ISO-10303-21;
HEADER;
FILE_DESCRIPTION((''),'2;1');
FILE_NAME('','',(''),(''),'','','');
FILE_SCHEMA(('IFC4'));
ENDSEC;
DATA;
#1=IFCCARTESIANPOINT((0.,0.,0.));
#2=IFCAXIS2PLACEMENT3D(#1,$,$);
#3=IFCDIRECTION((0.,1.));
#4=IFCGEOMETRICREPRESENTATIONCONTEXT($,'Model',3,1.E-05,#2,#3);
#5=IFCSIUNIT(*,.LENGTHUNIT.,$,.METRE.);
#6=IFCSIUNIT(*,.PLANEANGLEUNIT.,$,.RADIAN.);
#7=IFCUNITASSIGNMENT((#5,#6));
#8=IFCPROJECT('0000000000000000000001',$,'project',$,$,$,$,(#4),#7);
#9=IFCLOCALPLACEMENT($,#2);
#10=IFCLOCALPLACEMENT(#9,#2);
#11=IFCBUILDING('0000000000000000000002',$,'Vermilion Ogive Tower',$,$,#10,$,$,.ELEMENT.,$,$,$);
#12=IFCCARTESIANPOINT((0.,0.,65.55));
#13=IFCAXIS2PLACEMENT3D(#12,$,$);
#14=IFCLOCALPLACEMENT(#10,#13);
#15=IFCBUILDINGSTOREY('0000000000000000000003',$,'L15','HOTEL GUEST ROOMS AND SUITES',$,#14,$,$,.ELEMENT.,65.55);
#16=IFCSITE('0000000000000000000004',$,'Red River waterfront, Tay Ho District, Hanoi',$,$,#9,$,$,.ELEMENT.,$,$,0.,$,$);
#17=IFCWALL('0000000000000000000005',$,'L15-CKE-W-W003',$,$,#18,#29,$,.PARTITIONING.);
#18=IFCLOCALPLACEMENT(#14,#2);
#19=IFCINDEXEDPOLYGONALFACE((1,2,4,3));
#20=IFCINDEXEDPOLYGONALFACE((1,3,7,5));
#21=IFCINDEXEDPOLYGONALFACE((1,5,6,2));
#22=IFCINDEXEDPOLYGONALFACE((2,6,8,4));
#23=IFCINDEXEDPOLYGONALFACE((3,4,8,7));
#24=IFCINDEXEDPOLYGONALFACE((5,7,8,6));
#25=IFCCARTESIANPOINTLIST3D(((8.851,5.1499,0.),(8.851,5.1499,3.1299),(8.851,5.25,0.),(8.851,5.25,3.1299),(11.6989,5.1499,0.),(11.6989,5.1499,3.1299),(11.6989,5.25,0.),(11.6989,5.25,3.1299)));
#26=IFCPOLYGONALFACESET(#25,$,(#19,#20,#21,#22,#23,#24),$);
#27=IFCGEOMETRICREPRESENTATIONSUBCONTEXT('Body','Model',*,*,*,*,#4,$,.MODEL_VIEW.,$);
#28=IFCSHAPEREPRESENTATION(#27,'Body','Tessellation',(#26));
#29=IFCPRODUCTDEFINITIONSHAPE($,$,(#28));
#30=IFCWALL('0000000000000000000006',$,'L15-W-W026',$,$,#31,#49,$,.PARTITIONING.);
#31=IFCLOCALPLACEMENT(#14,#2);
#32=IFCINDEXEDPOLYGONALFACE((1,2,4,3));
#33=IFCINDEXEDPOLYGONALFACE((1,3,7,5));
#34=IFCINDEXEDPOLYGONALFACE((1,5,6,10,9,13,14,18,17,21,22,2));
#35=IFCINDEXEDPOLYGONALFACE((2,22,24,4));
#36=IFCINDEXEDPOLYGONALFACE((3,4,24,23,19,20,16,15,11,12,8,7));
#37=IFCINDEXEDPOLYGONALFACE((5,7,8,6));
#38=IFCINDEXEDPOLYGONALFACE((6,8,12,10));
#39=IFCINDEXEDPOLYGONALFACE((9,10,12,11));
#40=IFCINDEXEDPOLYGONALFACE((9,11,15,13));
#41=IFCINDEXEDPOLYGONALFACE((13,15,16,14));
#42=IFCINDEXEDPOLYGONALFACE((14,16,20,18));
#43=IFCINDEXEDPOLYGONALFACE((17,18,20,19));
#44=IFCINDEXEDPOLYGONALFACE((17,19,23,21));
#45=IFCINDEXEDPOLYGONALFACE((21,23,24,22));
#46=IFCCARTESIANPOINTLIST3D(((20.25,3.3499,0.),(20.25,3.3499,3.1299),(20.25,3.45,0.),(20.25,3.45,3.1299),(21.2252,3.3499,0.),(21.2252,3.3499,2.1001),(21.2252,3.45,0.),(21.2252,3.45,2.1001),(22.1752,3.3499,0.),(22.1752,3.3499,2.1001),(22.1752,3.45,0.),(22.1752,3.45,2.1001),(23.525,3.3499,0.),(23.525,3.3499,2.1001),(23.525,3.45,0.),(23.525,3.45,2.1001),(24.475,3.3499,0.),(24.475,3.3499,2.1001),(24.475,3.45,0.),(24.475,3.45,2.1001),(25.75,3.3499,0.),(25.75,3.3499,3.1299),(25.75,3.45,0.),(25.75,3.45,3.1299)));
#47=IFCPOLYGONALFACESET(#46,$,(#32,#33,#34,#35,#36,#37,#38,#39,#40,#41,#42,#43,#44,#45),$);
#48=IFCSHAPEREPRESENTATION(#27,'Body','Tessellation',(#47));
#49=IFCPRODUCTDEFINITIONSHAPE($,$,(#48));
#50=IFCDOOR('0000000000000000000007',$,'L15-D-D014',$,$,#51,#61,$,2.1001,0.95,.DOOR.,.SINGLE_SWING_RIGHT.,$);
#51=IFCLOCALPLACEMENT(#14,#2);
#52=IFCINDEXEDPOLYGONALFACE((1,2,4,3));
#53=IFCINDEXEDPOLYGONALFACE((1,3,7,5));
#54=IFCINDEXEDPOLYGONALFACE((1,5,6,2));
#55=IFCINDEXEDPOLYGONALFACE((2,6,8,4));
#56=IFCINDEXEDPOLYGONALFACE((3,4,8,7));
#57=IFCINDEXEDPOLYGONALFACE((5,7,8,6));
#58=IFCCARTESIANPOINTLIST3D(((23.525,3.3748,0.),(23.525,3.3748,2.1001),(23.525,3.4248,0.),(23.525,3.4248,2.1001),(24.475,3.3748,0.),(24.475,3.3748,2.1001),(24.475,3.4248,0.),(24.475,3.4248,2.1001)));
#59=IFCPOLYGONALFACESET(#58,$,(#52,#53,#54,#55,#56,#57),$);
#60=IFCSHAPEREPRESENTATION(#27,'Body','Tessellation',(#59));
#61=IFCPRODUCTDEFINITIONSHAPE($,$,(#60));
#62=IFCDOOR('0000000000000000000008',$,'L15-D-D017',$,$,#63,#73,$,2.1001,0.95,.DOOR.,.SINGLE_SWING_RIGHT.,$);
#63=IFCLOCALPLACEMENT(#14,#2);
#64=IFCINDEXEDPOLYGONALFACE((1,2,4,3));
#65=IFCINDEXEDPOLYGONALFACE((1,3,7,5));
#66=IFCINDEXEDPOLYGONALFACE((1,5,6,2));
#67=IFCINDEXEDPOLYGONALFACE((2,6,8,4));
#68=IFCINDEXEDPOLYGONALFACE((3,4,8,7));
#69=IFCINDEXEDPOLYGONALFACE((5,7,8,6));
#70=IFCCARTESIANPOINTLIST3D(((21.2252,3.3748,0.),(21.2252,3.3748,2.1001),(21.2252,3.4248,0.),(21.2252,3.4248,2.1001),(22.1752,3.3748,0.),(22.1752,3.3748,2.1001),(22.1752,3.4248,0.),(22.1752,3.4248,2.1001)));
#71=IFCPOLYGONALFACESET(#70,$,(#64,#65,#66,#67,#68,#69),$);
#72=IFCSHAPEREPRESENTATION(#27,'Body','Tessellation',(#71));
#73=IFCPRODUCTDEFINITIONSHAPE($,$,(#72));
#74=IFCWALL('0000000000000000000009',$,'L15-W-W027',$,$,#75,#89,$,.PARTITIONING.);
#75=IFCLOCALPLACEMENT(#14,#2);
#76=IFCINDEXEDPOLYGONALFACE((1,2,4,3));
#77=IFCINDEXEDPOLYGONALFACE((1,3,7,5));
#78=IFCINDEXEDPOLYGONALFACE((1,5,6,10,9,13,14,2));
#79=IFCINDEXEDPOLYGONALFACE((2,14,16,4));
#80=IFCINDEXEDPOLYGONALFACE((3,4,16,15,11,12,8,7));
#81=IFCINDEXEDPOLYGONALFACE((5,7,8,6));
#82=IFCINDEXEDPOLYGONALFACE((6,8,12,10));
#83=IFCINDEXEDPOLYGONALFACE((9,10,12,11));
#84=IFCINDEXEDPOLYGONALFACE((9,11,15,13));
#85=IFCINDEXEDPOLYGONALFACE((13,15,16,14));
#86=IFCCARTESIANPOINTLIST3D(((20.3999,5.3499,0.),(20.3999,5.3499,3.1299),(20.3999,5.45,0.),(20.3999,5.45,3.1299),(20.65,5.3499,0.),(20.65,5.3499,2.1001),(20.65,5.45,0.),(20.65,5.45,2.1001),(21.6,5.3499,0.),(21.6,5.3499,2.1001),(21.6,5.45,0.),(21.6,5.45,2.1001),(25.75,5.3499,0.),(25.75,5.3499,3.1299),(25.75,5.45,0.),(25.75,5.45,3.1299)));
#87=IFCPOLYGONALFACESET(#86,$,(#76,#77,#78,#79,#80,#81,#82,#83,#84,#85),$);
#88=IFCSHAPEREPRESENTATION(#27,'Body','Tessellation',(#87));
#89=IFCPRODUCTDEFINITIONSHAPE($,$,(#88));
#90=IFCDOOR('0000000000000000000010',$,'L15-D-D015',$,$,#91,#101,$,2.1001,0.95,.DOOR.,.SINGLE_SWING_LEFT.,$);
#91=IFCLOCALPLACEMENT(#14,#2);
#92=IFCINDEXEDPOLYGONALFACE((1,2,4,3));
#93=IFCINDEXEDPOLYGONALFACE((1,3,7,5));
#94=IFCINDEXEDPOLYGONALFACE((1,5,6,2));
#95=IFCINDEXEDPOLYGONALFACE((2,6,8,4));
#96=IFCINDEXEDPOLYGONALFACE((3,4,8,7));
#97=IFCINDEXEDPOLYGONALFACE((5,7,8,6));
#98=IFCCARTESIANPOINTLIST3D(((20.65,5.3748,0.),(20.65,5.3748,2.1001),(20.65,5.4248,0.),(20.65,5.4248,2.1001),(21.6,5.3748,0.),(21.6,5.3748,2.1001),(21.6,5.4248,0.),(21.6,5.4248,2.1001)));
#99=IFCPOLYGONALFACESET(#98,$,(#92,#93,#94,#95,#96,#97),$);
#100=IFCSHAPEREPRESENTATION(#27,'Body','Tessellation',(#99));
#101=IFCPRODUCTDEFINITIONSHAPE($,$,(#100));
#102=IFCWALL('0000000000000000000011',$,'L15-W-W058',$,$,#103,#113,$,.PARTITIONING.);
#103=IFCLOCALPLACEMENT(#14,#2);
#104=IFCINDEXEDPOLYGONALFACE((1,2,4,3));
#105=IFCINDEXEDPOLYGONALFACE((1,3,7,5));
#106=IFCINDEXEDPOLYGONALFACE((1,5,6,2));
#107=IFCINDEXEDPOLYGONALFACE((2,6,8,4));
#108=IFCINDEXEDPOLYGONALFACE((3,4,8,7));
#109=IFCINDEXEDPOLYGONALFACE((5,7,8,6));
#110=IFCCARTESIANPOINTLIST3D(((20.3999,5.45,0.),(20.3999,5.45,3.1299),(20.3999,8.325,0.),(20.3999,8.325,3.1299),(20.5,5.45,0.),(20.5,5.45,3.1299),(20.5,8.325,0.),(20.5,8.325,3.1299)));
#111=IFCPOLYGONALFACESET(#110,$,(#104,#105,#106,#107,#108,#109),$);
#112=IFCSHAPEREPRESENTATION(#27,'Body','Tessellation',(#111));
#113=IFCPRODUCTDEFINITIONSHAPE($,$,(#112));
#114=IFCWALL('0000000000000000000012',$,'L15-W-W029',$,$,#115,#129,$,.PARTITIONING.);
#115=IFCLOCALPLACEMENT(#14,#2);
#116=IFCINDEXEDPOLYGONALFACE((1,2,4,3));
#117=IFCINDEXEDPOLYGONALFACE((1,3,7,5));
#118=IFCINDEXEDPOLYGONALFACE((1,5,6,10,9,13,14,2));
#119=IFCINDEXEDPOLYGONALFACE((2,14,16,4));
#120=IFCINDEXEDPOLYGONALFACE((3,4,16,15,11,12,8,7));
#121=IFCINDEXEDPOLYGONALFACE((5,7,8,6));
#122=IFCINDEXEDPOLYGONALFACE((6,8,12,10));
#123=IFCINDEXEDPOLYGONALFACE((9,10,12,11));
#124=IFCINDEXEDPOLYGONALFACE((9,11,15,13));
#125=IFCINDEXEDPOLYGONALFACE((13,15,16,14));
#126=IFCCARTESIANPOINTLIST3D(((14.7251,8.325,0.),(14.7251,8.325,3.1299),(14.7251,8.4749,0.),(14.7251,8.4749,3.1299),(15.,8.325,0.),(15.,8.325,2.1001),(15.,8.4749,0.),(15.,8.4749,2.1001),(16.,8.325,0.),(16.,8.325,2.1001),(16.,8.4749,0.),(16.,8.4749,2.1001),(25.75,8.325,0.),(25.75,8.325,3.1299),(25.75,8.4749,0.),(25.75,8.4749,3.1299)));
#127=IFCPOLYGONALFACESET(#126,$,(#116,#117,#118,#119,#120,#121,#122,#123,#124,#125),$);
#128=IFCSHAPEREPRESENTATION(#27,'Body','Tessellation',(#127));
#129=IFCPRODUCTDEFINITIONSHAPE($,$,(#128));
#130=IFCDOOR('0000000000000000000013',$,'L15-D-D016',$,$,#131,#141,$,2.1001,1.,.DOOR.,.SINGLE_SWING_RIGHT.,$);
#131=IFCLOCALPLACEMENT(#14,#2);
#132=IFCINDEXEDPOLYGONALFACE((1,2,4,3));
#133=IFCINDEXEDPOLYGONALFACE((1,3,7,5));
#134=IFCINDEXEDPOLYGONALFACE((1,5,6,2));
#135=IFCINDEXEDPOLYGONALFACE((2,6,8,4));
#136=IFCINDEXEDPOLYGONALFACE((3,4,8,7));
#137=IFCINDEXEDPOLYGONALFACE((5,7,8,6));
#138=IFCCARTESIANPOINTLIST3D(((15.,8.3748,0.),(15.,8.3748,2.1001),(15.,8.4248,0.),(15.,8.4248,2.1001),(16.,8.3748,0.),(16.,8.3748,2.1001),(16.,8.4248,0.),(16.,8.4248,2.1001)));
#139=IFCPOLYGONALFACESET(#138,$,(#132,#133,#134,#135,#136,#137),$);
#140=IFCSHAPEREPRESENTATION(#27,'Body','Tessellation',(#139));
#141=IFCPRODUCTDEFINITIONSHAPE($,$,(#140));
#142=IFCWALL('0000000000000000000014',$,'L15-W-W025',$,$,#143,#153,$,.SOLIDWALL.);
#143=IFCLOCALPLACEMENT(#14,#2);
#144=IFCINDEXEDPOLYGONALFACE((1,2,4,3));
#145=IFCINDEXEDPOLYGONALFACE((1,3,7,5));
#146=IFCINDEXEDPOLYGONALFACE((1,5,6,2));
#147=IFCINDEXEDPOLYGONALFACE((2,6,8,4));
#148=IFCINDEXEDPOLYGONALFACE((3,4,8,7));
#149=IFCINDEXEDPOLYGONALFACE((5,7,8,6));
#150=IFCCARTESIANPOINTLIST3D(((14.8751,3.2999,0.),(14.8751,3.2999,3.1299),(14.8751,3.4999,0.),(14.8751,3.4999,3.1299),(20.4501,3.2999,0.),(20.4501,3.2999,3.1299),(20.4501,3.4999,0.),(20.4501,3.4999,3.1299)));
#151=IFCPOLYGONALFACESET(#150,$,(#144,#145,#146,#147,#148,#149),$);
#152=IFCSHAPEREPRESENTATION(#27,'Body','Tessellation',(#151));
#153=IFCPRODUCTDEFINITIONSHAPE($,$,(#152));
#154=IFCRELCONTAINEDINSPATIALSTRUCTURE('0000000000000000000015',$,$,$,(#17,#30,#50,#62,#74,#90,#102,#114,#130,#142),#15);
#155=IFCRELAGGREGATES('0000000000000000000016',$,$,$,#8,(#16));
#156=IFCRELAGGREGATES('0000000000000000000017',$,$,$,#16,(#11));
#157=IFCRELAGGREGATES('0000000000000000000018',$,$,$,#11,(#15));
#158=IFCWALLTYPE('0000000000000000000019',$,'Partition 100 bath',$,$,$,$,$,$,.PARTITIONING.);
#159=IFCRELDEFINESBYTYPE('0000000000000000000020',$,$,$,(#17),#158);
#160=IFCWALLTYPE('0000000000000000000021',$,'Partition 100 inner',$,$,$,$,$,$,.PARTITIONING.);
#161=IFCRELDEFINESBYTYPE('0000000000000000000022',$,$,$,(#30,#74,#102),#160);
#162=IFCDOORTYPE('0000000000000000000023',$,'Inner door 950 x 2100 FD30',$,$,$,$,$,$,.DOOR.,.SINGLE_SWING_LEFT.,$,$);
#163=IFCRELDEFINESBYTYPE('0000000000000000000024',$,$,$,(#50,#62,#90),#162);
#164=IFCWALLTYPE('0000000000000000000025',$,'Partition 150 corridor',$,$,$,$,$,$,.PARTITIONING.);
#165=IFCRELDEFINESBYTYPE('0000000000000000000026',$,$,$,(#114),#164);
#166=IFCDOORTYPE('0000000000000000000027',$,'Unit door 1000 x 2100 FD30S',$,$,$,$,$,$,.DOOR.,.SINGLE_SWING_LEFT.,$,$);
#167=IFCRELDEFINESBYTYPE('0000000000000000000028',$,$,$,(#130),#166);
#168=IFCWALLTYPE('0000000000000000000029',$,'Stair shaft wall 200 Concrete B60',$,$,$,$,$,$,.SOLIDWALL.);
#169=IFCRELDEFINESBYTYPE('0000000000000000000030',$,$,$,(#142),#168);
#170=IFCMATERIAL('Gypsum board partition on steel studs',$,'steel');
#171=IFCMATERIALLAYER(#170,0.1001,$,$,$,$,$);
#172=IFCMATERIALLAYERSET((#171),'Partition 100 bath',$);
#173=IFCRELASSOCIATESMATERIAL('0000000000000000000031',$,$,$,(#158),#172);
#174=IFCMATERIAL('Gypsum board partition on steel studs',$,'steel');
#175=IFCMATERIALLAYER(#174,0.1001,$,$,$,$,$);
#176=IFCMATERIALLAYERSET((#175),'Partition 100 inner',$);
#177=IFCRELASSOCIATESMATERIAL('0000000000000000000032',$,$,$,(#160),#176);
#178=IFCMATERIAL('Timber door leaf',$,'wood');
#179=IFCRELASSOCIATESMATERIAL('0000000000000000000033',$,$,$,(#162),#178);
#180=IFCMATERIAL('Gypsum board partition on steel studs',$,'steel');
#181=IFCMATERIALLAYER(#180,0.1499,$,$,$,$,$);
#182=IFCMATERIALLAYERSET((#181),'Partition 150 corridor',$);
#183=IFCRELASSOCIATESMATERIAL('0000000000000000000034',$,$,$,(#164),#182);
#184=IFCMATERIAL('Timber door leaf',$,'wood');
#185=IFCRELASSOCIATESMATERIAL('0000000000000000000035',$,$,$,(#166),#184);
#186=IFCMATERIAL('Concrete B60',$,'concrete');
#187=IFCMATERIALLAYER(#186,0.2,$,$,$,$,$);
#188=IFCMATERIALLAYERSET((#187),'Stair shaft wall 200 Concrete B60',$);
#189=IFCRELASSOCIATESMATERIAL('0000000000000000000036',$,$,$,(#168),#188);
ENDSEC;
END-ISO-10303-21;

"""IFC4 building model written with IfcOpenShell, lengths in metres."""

from ifc_helpers import new_model, si_unit, direction, frame, frame_2d, origin, place, context, subcontext, project, spatial, rectangle, extrude, material, layer, layer_set, type_object, element, fill, save


model = new_model("IFC4")

# Units and contexts
model_context = context("Model", 3, precision=1e-05, world=origin(), true_north=direction((0.0, 1.0)))
body_context = subcontext(model_context, "Body", "Model", "MODEL_VIEW")
ifc_project = project(units=[si_unit("LENGTHUNIT", "METRE"), si_unit("PLANEANGLEUNIT", "RADIAN")], contexts=[model_context])

# Site, building, storey
site_placement = place(None, origin())
site = spatial("IfcSite", under=ifc_project, at=site_placement, Name="Red River waterfront, Tay Ho District, Hanoi", CompositionType="ELEMENT", RefElevation=0.0)
building_placement = place(site_placement, origin())
building = spatial("IfcBuilding", under=site, at=building_placement, Name="Vermilion Ogive Tower", CompositionType="ELEMENT")
storey_placement = place(building_placement, frame((0.0, 0.0, 65.55)))
storey = spatial("IfcBuildingStorey", under=building, at=storey_placement, Name="L15", Description="HOTEL GUEST ROOMS AND SUITES", CompositionType="ELEMENT", Elevation=65.55)

# Wall
ifc_material_1 = material(Name="Gypsum board partition on steel studs", Category="steel")
ifc_layer_1 = layer(ifc_material_1, 0.1001)
ifc_layer_set_1 = layer_set([ifc_layer_1], Name="Partition 100 bath")
wall_type_1 = type_object("IfcWallType", Name="Partition 100 bath", PredefinedType="PARTITIONING", material=ifc_layer_set_1)
wall_1_placement = place(storey_placement, frame((8.8511, 5.2, 0.0), z_axis=(0.0, 0.0, 1.0), x_axis=(1.0, 0.0, 0.0)))
element("IfcWall", 1, at=wall_1_placement, inside=storey, type_object=wall_type_1, Name="L15-CKE-W-W003", PredefinedType="PARTITIONING", context=body_context, shape_type="SweptSolid", body=[
    extrude(rectangle(XDim=2.8479, YDim=0.1001, at=frame_2d((1.4238, 0.0))), origin(), (0.0, 0.0, 1.0), 3.1299),
])

# Wall, openings, doors
ifc_material_2 = material(Name="Gypsum board partition on steel studs", Category="steel")
ifc_layer_2 = layer(ifc_material_2, 0.1001)
ifc_layer_set_2 = layer_set([ifc_layer_2], Name="Partition 100 inner")
wall_type_2 = type_object("IfcWallType", Name="Partition 100 inner", PredefinedType="PARTITIONING", material=ifc_layer_set_2)
wall_2_placement = place(storey_placement, frame((20.25, 3.3999, 0.0), z_axis=(0.0, 0.0, 1.0), x_axis=(1.0, 0.0, 0.0)))
wall_2 = element("IfcWall", 2, at=wall_2_placement, inside=storey, type_object=wall_type_2, Name="L15-W-W026", PredefinedType="PARTITIONING", context=body_context, shape_type="SweptSolid", body=[
    extrude(rectangle(XDim=5.5, YDim=0.1001, at=frame_2d((2.75, 0.0))), origin(), (0.0, 0.0, 1.0), 3.1299),
])
opening_1_placement = place(wall_2_placement, frame((3.2749, 0.0, 0.0)))
opening_1 = element("IfcOpeningElement", 3, at=opening_1_placement, cuts=wall_2, PredefinedType="OPENING", context=body_context, shape_type="SweptSolid", body=[
    extrude(rectangle(XDim=0.95, YDim=2.1001, at=frame_2d((0.4751, 1.05))), frame((0.0, 0.0601, 0.0), z_axis=(0.0, -1.0, 0.0), x_axis=(1.0, 0.0, 0.0)), (0.0, 0.0, 1.0), 0.1201),
])
opening_2_placement = place(wall_2_placement, frame((0.9751, 0.0, 0.0)))
opening_2 = element("IfcOpeningElement", 4, at=opening_2_placement, cuts=wall_2, PredefinedType="OPENING", context=body_context, shape_type="SweptSolid", body=[
    extrude(rectangle(XDim=0.95, YDim=2.1001, at=frame_2d((0.4751, 1.05))), frame((0.0, 0.0601, 0.0), z_axis=(0.0, -1.0, 0.0), x_axis=(1.0, 0.0, 0.0)), (0.0, 0.0, 1.0), 0.1201),
])
ifc_material_3 = material(Name="Timber door leaf", Category="wood")
door_type_1 = type_object("IfcDoorType", Name="Inner door 950 x 2100 FD30", OperationType="SINGLE_SWING_LEFT", PredefinedType="DOOR", material=ifc_material_3)
door_1_placement = place(opening_1_placement, origin())
door_1 = element("IfcDoor", 5, at=door_1_placement, inside=storey, type_object=door_type_1, Name="L15-D-D014", OperationType="SINGLE_SWING_RIGHT", OverallHeight=2.1001, OverallWidth=0.95, PredefinedType="DOOR", context=body_context, shape_type="SweptSolid", body=[
    extrude(rectangle(XDim=0.95, YDim=2.1001, at=frame_2d((0.4751, 1.05))), frame((0.0, 0.0249, 0.0), z_axis=(0.0, -1.0, 0.0), x_axis=(1.0, 0.0, 0.0)), (0.0, 0.0, 1.0), 0.05),
])
fill(opening_1, door_1)
door_2_placement = place(opening_2_placement, origin())
door_2 = element("IfcDoor", 6, at=door_2_placement, inside=storey, type_object=door_type_1, Name="L15-D-D017", OperationType="SINGLE_SWING_RIGHT", OverallHeight=2.1001, OverallWidth=0.95, PredefinedType="DOOR", context=body_context, shape_type="SweptSolid", body=[
    extrude(rectangle(XDim=0.95, YDim=2.1001, at=frame_2d((0.4751, 1.05))), frame((0.0, 0.0249, 0.0), z_axis=(0.0, -1.0, 0.0), x_axis=(1.0, 0.0, 0.0)), (0.0, 0.0, 1.0), 0.05),
])
fill(opening_2, door_2)

# Wall, opening, door
wall_3_placement = place(storey_placement, frame((20.3999, 5.3999, 0.0), z_axis=(0.0, 0.0, 1.0), x_axis=(1.0, 0.0, 0.0)))
wall_3 = element("IfcWall", 7, at=wall_3_placement, inside=storey, type_object=wall_type_2, Name="L15-W-W027", PredefinedType="PARTITIONING", context=body_context, shape_type="SweptSolid", body=[
    extrude(rectangle(XDim=5.3501, YDim=0.1001, at=frame_2d((2.675, 0.0))), origin(), (0.0, 0.0, 1.0), 3.1299),
])
opening_3_placement = place(wall_3_placement, frame((0.25, 0.0, 0.0)))
opening_3 = element("IfcOpeningElement", 8, at=opening_3_placement, cuts=wall_3, PredefinedType="OPENING", context=body_context, shape_type="SweptSolid", body=[
    extrude(rectangle(XDim=0.95, YDim=2.1001, at=frame_2d((0.4751, 1.05))), frame((0.0, 0.0601, 0.0), z_axis=(0.0, -1.0, 0.0), x_axis=(1.0, 0.0, 0.0)), (0.0, 0.0, 1.0), 0.1201),
])
door_3_placement = place(opening_3_placement, origin())
door_3 = element("IfcDoor", 9, at=door_3_placement, inside=storey, type_object=door_type_1, Name="L15-D-D015", OperationType="SINGLE_SWING_LEFT", OverallHeight=2.1001, OverallWidth=0.95, PredefinedType="DOOR", context=body_context, shape_type="SweptSolid", body=[
    extrude(rectangle(XDim=0.95, YDim=2.1001, at=frame_2d((0.4751, 1.05))), frame((0.0, 0.0249, 0.0), z_axis=(0.0, -1.0, 0.0), x_axis=(1.0, 0.0, 0.0)), (0.0, 0.0, 1.0), 0.05),
])
fill(opening_3, door_3)

# Wall
wall_4_placement = place(storey_placement, frame((20.45, 5.45, 0.0), z_axis=(0.0, 0.0, 1.0), x_axis=(0.0, 1.0, 0.0)))
element("IfcWall", 10, at=wall_4_placement, inside=storey, type_object=wall_type_2, Name="L15-W-W058", PredefinedType="PARTITIONING", context=body_context, shape_type="SweptSolid", body=[
    extrude(rectangle(XDim=2.875, YDim=0.1001, at=frame_2d((1.4375, 0.0))), origin(), (0.0, 0.0, 1.0), 3.1299),
])

# Wall, opening, door
ifc_material_4 = material(Name="Gypsum board partition on steel studs", Category="steel")
ifc_layer_3 = layer(ifc_material_4, 0.1499)
ifc_layer_set_3 = layer_set([ifc_layer_3], Name="Partition 150 corridor")
wall_type_3 = type_object("IfcWallType", Name="Partition 150 corridor", PredefinedType="PARTITIONING", material=ifc_layer_set_3)
wall_5_placement = place(storey_placement, frame((14.7251, 8.3999, 0.0), z_axis=(0.0, 0.0, 1.0), x_axis=(1.0, 0.0, 0.0)))
wall_5 = element("IfcWall", 11, at=wall_5_placement, inside=storey, type_object=wall_type_3, Name="L15-W-W029", PredefinedType="PARTITIONING", context=body_context, shape_type="SweptSolid", body=[
    extrude(rectangle(XDim=11.0249, YDim=0.1499, at=frame_2d((5.5125, 0.0))), origin(), (0.0, 0.0, 1.0), 3.1299),
])
opening_4_placement = place(wall_5_placement, frame((0.2749, 0.0, 0.0)))
opening_4 = element("IfcOpeningElement", 12, at=opening_4_placement, cuts=wall_5, PredefinedType="OPENING", context=body_context, shape_type="SweptSolid", body=[
    extrude(rectangle(XDim=1.0, YDim=2.1001, at=frame_2d((0.5, 1.05))), frame((0.0, 0.085, 0.0), z_axis=(0.0, -1.0, 0.0), x_axis=(1.0, 0.0, 0.0)), (0.0, 0.0, 1.0), 0.1699),
])
ifc_material_5 = material(Name="Timber door leaf", Category="wood")
door_type_2 = type_object("IfcDoorType", Name="Unit door 1000 x 2100 FD30S", OperationType="SINGLE_SWING_LEFT", PredefinedType="DOOR", material=ifc_material_5)
door_4_placement = place(opening_4_placement, origin())
door_4 = element("IfcDoor", 13, at=door_4_placement, inside=storey, type_object=door_type_2, Name="L15-D-D016", OperationType="SINGLE_SWING_RIGHT", OverallHeight=2.1001, OverallWidth=1.0, PredefinedType="DOOR", context=body_context, shape_type="SweptSolid", body=[
    extrude(rectangle(XDim=1.0, YDim=2.1001, at=frame_2d((0.5, 1.05))), frame((0.0, 0.0249, 0.0), z_axis=(0.0, -1.0, 0.0), x_axis=(1.0, 0.0, 0.0)), (0.0, 0.0, 1.0), 0.05),
])
fill(opening_4, door_4)

# Wall
ifc_material_6 = material(Name="Concrete B60", Category="concrete")
ifc_layer_4 = layer(ifc_material_6, 0.2)
ifc_layer_set_4 = layer_set([ifc_layer_4], Name="Stair shaft wall 200 Concrete B60")
wall_type_4 = type_object("IfcWallType", Name="Stair shaft wall 200 Concrete B60", PredefinedType="SOLIDWALL", material=ifc_layer_set_4)
wall_6_placement = place(storey_placement, frame((14.875, 3.3999, 0.0), z_axis=(0.0, 0.0, 1.0), x_axis=(1.0, 0.0, 0.0)))
element("IfcWall", 14, at=wall_6_placement, inside=storey, type_object=wall_type_4, Name="L15-W-W025", PredefinedType="SOLIDWALL", context=body_context, shape_type="SweptSolid", body=[
    extrude(rectangle(XDim=5.575, YDim=0.2, at=frame_2d((2.7876, 0.0))), origin(), (0.0, 0.0, 1.0), 3.1299),
])

save(model, "model.ifc")
